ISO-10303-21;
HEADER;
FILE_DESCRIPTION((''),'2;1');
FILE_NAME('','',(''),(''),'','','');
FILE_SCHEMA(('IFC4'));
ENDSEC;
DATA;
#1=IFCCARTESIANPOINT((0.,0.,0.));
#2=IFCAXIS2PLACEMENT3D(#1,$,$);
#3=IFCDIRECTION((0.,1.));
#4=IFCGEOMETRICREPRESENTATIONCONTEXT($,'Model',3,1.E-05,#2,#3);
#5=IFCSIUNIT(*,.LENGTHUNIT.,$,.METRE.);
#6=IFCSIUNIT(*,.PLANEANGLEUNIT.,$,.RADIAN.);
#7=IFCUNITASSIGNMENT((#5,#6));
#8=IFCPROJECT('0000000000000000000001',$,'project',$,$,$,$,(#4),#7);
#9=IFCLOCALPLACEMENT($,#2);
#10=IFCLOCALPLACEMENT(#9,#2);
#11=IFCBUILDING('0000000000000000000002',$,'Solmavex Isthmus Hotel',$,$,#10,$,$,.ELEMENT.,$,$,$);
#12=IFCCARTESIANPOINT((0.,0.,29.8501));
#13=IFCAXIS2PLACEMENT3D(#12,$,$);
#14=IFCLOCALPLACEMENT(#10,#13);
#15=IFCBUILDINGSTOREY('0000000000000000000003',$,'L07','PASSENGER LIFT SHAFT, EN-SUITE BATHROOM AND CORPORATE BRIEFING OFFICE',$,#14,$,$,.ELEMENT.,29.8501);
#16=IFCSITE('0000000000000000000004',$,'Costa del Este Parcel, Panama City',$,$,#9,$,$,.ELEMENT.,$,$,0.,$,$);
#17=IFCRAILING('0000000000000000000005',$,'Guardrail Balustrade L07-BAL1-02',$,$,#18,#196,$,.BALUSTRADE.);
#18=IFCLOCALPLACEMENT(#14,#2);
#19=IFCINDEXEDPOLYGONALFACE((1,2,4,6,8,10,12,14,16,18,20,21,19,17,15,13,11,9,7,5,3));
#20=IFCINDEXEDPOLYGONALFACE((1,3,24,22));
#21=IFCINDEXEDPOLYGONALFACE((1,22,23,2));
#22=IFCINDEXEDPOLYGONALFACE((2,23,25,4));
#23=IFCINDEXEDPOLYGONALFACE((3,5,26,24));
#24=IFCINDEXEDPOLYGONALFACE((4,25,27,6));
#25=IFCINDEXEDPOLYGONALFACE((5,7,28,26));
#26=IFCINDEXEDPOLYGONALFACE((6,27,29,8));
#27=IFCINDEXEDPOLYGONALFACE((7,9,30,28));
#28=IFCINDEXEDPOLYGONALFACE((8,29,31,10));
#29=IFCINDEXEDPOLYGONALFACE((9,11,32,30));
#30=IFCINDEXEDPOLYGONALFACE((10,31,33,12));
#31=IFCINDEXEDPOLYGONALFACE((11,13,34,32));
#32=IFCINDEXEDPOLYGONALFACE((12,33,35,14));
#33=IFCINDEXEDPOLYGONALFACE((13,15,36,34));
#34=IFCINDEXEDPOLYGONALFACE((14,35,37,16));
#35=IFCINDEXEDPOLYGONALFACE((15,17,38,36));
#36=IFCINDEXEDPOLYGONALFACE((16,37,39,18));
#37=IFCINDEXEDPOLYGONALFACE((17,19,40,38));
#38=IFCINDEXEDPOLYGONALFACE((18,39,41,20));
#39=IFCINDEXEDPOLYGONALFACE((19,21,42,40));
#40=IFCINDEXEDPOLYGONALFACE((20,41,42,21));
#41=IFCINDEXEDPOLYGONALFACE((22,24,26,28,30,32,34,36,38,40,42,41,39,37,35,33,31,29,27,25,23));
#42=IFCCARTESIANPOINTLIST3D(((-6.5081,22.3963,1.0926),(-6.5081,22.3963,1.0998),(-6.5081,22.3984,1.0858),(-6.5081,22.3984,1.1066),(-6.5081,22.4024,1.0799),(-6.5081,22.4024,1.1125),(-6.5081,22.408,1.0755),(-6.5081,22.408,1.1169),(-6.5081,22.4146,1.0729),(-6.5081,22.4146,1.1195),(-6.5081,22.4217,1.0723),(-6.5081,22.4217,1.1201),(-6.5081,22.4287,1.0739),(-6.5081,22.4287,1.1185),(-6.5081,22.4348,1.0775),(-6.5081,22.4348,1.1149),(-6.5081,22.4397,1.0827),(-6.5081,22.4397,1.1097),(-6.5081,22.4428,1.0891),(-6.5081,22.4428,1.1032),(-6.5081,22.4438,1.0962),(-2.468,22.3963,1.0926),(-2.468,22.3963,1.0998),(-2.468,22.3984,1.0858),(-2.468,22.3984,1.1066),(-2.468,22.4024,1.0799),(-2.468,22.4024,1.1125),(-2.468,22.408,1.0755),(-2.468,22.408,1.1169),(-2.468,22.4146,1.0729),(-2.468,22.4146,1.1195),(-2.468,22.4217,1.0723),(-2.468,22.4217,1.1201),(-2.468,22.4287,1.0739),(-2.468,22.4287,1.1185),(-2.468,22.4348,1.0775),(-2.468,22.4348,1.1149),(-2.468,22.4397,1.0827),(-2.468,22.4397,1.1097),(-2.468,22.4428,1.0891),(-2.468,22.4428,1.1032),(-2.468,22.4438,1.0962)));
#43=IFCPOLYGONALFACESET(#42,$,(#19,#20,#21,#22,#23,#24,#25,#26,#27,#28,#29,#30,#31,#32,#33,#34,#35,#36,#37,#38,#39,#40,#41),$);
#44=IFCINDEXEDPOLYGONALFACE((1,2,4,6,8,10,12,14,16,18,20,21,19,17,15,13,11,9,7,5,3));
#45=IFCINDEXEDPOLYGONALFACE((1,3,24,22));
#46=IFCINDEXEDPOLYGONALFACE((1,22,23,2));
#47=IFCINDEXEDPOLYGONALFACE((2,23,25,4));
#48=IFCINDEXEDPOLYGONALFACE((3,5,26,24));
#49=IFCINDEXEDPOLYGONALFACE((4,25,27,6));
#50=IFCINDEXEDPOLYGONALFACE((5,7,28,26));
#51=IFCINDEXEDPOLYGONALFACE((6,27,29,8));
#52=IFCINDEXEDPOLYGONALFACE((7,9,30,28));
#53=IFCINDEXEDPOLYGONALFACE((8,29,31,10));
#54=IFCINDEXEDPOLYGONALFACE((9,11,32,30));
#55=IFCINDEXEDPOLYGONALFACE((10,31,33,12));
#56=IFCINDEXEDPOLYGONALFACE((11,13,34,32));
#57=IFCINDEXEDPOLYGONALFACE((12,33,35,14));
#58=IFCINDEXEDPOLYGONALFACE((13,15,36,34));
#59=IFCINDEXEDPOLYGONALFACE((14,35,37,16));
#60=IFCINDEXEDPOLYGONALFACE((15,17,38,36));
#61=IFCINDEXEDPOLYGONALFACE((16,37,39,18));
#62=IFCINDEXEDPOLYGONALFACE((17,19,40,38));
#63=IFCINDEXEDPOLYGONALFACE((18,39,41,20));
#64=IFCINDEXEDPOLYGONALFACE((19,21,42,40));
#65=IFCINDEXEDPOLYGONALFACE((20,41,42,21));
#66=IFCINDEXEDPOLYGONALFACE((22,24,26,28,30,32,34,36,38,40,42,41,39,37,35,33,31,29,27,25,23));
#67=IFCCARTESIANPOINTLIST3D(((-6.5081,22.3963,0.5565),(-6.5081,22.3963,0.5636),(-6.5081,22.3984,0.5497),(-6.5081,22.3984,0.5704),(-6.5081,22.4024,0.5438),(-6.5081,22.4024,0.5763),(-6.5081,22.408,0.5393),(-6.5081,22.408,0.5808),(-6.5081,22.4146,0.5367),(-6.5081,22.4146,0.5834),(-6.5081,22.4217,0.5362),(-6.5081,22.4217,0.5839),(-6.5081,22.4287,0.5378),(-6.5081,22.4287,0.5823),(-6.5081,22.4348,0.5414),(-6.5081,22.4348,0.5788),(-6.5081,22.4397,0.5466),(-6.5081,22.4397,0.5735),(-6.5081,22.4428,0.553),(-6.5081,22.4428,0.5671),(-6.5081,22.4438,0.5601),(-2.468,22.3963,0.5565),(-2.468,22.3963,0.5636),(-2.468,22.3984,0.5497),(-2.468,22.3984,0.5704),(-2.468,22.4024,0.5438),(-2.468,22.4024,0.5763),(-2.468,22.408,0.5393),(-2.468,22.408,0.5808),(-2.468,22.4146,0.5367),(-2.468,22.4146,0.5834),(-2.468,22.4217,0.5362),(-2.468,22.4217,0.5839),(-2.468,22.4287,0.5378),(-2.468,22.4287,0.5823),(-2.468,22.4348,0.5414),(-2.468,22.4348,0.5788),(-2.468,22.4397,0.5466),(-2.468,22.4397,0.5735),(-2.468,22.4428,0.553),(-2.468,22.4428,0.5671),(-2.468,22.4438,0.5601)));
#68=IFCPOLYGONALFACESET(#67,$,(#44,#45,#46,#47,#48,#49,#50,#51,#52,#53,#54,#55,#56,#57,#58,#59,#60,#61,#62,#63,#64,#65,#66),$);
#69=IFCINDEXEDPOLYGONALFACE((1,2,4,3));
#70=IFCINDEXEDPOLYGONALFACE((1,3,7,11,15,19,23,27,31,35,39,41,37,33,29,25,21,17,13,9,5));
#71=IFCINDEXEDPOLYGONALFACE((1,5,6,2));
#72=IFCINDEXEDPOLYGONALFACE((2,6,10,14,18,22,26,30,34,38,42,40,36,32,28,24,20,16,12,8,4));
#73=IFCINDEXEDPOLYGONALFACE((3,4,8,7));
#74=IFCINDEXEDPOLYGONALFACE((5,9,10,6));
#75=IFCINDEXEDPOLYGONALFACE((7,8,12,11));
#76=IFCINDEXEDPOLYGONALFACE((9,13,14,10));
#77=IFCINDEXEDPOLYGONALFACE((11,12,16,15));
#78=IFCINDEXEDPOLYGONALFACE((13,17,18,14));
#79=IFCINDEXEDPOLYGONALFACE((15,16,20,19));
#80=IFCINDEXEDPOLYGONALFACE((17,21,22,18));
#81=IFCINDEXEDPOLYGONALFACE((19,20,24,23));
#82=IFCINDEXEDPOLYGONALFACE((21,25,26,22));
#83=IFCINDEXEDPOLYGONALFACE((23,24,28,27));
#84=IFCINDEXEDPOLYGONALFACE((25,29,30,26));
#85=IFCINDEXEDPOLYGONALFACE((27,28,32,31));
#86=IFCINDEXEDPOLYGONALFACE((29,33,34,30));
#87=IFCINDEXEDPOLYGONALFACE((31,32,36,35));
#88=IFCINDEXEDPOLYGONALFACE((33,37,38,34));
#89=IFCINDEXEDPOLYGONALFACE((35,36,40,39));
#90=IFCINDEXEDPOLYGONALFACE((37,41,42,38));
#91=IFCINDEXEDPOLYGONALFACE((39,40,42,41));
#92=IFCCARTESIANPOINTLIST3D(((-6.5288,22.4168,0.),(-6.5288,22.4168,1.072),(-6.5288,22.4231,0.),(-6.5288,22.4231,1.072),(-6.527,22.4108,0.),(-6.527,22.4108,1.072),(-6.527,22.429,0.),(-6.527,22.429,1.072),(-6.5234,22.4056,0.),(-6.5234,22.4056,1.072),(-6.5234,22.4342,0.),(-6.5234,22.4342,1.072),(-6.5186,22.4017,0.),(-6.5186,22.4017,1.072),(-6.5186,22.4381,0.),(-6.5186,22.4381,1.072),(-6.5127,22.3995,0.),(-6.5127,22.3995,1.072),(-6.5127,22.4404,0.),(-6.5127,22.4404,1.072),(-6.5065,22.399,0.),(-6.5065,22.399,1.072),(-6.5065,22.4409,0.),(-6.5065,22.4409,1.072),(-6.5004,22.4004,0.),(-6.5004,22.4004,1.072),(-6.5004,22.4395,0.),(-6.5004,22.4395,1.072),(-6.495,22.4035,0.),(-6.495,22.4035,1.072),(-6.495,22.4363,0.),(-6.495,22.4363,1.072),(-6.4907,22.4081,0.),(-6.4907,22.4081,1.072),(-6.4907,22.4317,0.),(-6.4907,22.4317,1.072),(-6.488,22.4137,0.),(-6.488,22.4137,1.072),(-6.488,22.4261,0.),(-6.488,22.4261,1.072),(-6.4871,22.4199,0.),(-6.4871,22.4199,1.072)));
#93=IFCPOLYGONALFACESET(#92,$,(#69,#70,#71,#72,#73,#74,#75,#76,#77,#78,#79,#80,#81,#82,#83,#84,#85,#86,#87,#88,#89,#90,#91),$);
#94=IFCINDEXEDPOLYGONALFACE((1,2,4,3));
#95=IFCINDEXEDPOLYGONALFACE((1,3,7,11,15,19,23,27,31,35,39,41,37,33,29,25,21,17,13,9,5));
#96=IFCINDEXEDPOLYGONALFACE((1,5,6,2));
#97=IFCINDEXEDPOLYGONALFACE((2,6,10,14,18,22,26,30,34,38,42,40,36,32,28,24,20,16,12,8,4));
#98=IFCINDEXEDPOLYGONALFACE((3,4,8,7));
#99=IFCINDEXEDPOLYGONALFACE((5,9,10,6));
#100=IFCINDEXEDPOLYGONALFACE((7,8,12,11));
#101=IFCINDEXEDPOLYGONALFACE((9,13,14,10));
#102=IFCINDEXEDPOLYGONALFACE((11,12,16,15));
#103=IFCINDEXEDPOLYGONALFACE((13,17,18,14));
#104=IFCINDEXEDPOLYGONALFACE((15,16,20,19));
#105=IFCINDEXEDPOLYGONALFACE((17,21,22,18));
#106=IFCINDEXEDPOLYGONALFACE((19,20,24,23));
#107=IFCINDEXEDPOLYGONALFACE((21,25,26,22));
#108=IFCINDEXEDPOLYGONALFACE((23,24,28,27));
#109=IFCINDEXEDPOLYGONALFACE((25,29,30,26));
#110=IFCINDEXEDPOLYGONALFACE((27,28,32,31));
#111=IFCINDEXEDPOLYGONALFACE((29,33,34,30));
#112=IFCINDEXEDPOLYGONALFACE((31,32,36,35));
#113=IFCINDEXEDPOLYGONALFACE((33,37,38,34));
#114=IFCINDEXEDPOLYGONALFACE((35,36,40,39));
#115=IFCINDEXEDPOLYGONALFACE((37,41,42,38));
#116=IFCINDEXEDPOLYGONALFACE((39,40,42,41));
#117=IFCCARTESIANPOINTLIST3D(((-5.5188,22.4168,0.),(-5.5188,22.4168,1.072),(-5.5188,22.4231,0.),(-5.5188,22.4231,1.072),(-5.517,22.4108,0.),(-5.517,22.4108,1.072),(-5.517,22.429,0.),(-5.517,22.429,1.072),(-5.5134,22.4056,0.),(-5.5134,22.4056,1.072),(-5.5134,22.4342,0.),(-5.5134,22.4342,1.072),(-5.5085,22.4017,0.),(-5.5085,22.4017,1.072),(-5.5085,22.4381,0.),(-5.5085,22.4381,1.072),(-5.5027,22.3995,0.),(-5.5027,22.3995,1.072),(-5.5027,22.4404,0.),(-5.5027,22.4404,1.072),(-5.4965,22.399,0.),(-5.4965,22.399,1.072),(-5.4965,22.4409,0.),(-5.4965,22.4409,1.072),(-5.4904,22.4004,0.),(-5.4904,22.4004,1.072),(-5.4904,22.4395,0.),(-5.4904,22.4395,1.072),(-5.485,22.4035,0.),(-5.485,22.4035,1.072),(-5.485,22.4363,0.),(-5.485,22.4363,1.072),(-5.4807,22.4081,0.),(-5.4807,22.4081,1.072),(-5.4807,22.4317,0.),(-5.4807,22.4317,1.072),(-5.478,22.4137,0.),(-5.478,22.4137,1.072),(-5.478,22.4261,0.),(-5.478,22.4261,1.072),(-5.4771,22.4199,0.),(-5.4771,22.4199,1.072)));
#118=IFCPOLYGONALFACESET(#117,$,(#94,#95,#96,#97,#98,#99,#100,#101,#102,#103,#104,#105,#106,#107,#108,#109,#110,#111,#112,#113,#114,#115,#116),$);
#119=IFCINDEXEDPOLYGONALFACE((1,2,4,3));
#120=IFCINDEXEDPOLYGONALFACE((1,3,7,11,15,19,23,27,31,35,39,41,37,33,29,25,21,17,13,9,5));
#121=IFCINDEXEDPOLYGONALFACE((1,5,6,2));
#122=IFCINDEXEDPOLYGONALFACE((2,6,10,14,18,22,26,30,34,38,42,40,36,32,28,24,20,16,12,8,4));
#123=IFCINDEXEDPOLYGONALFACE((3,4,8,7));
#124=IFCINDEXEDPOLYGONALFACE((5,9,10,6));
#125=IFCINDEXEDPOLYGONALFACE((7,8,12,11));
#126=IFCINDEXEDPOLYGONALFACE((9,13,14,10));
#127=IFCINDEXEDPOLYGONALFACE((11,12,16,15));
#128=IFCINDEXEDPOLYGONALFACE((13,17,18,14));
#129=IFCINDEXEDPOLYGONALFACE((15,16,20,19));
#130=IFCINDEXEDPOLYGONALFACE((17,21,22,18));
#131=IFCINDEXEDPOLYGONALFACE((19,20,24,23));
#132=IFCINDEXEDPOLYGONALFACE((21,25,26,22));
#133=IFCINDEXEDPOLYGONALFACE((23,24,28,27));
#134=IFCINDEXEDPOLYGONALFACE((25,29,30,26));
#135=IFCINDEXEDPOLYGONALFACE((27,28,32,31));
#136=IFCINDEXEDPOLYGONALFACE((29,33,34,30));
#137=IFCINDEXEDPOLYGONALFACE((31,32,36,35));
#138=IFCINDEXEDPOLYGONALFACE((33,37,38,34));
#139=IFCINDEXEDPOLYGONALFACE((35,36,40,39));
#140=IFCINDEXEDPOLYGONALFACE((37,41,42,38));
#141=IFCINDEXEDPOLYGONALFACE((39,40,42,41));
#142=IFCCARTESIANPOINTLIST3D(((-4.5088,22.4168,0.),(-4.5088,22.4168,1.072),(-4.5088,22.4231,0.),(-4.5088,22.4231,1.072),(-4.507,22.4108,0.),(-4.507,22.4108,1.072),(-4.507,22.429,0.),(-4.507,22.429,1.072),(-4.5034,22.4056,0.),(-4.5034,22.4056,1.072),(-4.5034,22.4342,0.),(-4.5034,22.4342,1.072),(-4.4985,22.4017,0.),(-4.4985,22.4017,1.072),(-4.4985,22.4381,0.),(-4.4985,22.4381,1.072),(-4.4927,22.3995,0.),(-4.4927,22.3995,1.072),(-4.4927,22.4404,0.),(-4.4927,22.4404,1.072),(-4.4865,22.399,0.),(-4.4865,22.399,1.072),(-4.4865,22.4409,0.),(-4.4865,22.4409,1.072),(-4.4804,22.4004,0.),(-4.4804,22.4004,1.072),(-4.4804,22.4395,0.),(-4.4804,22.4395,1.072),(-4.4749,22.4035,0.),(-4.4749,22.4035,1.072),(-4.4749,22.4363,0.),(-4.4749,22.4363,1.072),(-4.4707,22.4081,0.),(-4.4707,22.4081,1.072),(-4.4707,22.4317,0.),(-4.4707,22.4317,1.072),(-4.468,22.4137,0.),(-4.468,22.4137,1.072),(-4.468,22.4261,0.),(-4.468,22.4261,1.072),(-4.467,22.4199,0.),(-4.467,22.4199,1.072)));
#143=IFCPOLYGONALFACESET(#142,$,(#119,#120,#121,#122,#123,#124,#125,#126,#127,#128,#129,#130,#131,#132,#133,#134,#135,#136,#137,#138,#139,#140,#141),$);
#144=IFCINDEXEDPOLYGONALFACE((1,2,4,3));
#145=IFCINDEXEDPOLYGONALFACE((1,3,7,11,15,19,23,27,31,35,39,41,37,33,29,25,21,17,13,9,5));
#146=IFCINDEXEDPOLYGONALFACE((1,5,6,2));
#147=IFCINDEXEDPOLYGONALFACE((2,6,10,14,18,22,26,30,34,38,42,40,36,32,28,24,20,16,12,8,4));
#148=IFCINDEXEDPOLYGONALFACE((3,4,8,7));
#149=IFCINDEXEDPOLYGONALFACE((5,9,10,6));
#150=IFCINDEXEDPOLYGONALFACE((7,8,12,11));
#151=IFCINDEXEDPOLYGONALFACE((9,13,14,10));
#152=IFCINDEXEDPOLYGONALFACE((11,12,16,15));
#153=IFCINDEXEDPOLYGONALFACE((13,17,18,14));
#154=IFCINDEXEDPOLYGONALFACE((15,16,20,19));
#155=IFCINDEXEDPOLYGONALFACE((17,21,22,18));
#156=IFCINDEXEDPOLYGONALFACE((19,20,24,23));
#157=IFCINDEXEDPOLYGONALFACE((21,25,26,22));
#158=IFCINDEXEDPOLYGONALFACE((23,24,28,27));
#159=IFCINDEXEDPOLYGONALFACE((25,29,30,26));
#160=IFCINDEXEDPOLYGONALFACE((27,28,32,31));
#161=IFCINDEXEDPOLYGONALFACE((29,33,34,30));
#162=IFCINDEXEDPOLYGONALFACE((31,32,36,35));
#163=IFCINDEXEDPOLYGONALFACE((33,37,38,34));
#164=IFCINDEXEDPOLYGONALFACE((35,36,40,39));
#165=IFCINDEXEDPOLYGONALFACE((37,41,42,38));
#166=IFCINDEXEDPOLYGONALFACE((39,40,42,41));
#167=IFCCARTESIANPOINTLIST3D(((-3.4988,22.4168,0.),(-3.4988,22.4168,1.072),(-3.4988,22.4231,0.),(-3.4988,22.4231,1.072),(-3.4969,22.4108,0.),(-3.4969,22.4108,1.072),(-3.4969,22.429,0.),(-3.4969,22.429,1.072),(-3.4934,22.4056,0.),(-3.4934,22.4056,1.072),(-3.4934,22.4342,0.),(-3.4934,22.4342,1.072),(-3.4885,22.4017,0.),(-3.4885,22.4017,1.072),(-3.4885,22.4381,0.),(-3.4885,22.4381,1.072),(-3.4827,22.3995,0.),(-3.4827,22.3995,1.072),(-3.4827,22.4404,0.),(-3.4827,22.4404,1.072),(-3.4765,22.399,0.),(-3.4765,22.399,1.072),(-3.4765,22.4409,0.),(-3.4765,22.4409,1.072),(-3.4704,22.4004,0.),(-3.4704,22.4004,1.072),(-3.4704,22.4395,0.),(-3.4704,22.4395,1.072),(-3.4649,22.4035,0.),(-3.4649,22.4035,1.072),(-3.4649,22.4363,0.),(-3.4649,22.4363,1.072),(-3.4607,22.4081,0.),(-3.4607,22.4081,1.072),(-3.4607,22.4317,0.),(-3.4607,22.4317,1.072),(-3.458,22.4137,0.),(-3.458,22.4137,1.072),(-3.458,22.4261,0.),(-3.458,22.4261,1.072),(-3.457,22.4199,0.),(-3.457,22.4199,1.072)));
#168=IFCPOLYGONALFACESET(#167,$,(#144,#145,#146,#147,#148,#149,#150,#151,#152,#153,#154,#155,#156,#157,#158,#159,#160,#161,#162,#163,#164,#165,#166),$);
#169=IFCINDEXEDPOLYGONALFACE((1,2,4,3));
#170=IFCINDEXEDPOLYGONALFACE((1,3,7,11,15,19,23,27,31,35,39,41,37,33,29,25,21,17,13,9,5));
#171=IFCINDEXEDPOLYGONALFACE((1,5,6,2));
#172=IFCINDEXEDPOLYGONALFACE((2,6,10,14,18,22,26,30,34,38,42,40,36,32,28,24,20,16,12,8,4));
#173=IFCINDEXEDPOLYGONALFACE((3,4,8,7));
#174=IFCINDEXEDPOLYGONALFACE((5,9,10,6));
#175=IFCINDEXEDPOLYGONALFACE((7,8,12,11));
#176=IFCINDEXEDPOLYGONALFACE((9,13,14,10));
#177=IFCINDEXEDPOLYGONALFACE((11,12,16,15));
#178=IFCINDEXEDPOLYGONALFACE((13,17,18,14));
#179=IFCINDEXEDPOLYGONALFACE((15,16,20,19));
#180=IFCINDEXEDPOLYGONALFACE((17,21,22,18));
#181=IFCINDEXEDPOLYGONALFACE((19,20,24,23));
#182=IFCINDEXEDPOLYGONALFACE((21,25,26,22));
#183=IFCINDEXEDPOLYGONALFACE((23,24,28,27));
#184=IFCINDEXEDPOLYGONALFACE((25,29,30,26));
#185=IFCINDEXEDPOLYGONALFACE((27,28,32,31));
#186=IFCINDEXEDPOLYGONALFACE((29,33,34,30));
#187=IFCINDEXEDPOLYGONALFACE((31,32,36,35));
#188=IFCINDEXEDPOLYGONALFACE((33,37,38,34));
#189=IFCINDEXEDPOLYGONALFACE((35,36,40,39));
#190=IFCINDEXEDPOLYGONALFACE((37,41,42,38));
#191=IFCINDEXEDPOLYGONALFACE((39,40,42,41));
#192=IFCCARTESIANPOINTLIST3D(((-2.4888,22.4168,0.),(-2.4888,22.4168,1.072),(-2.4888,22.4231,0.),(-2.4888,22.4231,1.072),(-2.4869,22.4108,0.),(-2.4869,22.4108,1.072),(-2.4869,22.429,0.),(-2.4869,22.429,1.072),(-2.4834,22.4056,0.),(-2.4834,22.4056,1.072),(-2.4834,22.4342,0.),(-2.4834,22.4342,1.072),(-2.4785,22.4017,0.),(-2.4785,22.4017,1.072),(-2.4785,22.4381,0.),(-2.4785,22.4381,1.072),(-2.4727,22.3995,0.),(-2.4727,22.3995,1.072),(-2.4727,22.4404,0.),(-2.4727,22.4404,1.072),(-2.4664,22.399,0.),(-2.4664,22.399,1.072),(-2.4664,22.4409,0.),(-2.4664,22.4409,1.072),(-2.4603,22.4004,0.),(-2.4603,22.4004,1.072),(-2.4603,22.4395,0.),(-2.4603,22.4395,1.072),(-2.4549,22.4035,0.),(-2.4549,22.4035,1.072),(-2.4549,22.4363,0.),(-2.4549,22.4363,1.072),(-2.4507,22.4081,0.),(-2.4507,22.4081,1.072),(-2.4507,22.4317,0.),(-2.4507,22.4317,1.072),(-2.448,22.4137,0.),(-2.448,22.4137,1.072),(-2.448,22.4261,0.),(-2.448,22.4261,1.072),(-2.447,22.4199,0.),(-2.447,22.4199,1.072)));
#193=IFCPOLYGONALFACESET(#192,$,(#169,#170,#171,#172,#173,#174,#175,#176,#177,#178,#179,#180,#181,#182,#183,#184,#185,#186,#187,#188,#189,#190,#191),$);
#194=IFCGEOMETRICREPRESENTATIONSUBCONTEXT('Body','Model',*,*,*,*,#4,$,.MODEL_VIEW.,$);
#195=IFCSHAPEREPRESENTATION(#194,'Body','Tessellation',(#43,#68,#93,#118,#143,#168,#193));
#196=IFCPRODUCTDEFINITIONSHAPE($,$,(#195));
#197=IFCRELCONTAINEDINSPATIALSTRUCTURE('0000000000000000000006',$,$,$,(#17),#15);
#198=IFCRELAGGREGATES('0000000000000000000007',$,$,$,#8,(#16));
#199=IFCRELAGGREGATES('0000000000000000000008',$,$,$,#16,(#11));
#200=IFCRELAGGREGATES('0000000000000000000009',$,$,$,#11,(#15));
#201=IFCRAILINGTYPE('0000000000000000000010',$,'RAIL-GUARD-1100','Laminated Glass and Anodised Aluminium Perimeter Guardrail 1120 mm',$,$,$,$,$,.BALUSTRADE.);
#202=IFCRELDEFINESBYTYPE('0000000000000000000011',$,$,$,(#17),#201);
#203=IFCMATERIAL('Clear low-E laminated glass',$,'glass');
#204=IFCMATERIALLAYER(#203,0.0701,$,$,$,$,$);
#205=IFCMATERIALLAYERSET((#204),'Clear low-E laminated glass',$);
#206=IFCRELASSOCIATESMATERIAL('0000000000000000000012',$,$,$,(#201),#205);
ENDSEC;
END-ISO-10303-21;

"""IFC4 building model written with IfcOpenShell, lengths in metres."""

from ifc_helpers import new_model, si_unit, direction, frame, origin, origin_2d, place, context, subcontext, project, spatial, circle, extrude, material, layer, layer_set, type_object, element, save


model = new_model("IFC4")

# Units and contexts
model_context = context("Model", 3, precision=1e-05, world=origin(), true_north=direction((0.0, 1.0)))
body_context = subcontext(model_context, "Body", "Model", "MODEL_VIEW")
ifc_project = project(units=[si_unit("LENGTHUNIT", "METRE"), si_unit("PLANEANGLEUNIT", "RADIAN")], contexts=[model_context])

# Site, building, storey
site_placement = place(None, origin())
site = spatial("IfcSite", under=ifc_project, at=site_placement, Name="Costa del Este Parcel, Panama City", CompositionType="ELEMENT", RefElevation=0.0)
building_placement = place(site_placement, origin())
building = spatial("IfcBuilding", under=site, at=building_placement, Name="Solmavex Isthmus Hotel", CompositionType="ELEMENT")
storey_placement = place(building_placement, frame((0.0, 0.0, 29.8501)))
storey = spatial("IfcBuildingStorey", under=building, at=storey_placement, Name="L07", Description="PASSENGER LIFT SHAFT, EN-SUITE BATHROOM AND CORPORATE BRIEFING OFFICE", CompositionType="ELEMENT", Elevation=29.8501)

# Shared definitions
ifc_material_1 = material(Name="Clear low-E laminated glass", Category="glass")

# Railing
ifc_layer_1 = layer(ifc_material_1, 0.0701)
ifc_layer_set_1 = layer_set([ifc_layer_1], Name="Clear low-E laminated glass")
railing_type = type_object("IfcRailingType", Name="RAIL-GUARD-1100", Description="Laminated Glass and Anodised Aluminium Perimeter Guardrail 1120 mm", PredefinedType="BALUSTRADE", material=ifc_layer_set_1)
railing_1_placement = place(storey_placement, frame((-6.5081, 22.4199, 0.0)))
element("IfcRailing", 1, at=railing_1_placement, inside=storey, type_object=railing_type, Name="Guardrail Balustrade L07-BAL1-02", PredefinedType="BALUSTRADE", context=body_context, shape_type="SweptSolid", body=[
    extrude(circle(Radius=0.0239, at=origin_2d()), frame((0.0, 0.0, 1.0962), z_axis=(1.0, 0.0, 0.0), x_axis=(0.0, 1.0, 0.0)), (0.0, 0.0, 1.0), 4.04),
    extrude(circle(Radius=0.0239, at=origin_2d()), frame((0.0, 0.0, 0.5601), z_axis=(1.0, 0.0, 0.0), x_axis=(0.0, 1.0, 0.0)), (0.0, 0.0, 1.0), 4.04),
    extrude(circle(Radius=0.021, at=origin_2d()), origin(), (0.0, 0.0, 1.0), 1.072),
    extrude(circle(Radius=0.021, at=origin_2d()), frame((1.01, 0.0, 0.0)), (0.0, 0.0, 1.0), 1.072),
    extrude(circle(Radius=0.021, at=origin_2d()), frame((2.02, 0.0, 0.0)), (0.0, 0.0, 1.0), 1.072),
    extrude(circle(Radius=0.021, at=origin_2d()), frame((3.03, 0.0, 0.0)), (0.0, 0.0, 1.0), 1.072),
    extrude(circle(Radius=0.021, at=origin_2d()), frame((4.04, 0.0, 0.0)), (0.0, 0.0, 1.0), 1.072),
])

save(model, "model.ifc")
